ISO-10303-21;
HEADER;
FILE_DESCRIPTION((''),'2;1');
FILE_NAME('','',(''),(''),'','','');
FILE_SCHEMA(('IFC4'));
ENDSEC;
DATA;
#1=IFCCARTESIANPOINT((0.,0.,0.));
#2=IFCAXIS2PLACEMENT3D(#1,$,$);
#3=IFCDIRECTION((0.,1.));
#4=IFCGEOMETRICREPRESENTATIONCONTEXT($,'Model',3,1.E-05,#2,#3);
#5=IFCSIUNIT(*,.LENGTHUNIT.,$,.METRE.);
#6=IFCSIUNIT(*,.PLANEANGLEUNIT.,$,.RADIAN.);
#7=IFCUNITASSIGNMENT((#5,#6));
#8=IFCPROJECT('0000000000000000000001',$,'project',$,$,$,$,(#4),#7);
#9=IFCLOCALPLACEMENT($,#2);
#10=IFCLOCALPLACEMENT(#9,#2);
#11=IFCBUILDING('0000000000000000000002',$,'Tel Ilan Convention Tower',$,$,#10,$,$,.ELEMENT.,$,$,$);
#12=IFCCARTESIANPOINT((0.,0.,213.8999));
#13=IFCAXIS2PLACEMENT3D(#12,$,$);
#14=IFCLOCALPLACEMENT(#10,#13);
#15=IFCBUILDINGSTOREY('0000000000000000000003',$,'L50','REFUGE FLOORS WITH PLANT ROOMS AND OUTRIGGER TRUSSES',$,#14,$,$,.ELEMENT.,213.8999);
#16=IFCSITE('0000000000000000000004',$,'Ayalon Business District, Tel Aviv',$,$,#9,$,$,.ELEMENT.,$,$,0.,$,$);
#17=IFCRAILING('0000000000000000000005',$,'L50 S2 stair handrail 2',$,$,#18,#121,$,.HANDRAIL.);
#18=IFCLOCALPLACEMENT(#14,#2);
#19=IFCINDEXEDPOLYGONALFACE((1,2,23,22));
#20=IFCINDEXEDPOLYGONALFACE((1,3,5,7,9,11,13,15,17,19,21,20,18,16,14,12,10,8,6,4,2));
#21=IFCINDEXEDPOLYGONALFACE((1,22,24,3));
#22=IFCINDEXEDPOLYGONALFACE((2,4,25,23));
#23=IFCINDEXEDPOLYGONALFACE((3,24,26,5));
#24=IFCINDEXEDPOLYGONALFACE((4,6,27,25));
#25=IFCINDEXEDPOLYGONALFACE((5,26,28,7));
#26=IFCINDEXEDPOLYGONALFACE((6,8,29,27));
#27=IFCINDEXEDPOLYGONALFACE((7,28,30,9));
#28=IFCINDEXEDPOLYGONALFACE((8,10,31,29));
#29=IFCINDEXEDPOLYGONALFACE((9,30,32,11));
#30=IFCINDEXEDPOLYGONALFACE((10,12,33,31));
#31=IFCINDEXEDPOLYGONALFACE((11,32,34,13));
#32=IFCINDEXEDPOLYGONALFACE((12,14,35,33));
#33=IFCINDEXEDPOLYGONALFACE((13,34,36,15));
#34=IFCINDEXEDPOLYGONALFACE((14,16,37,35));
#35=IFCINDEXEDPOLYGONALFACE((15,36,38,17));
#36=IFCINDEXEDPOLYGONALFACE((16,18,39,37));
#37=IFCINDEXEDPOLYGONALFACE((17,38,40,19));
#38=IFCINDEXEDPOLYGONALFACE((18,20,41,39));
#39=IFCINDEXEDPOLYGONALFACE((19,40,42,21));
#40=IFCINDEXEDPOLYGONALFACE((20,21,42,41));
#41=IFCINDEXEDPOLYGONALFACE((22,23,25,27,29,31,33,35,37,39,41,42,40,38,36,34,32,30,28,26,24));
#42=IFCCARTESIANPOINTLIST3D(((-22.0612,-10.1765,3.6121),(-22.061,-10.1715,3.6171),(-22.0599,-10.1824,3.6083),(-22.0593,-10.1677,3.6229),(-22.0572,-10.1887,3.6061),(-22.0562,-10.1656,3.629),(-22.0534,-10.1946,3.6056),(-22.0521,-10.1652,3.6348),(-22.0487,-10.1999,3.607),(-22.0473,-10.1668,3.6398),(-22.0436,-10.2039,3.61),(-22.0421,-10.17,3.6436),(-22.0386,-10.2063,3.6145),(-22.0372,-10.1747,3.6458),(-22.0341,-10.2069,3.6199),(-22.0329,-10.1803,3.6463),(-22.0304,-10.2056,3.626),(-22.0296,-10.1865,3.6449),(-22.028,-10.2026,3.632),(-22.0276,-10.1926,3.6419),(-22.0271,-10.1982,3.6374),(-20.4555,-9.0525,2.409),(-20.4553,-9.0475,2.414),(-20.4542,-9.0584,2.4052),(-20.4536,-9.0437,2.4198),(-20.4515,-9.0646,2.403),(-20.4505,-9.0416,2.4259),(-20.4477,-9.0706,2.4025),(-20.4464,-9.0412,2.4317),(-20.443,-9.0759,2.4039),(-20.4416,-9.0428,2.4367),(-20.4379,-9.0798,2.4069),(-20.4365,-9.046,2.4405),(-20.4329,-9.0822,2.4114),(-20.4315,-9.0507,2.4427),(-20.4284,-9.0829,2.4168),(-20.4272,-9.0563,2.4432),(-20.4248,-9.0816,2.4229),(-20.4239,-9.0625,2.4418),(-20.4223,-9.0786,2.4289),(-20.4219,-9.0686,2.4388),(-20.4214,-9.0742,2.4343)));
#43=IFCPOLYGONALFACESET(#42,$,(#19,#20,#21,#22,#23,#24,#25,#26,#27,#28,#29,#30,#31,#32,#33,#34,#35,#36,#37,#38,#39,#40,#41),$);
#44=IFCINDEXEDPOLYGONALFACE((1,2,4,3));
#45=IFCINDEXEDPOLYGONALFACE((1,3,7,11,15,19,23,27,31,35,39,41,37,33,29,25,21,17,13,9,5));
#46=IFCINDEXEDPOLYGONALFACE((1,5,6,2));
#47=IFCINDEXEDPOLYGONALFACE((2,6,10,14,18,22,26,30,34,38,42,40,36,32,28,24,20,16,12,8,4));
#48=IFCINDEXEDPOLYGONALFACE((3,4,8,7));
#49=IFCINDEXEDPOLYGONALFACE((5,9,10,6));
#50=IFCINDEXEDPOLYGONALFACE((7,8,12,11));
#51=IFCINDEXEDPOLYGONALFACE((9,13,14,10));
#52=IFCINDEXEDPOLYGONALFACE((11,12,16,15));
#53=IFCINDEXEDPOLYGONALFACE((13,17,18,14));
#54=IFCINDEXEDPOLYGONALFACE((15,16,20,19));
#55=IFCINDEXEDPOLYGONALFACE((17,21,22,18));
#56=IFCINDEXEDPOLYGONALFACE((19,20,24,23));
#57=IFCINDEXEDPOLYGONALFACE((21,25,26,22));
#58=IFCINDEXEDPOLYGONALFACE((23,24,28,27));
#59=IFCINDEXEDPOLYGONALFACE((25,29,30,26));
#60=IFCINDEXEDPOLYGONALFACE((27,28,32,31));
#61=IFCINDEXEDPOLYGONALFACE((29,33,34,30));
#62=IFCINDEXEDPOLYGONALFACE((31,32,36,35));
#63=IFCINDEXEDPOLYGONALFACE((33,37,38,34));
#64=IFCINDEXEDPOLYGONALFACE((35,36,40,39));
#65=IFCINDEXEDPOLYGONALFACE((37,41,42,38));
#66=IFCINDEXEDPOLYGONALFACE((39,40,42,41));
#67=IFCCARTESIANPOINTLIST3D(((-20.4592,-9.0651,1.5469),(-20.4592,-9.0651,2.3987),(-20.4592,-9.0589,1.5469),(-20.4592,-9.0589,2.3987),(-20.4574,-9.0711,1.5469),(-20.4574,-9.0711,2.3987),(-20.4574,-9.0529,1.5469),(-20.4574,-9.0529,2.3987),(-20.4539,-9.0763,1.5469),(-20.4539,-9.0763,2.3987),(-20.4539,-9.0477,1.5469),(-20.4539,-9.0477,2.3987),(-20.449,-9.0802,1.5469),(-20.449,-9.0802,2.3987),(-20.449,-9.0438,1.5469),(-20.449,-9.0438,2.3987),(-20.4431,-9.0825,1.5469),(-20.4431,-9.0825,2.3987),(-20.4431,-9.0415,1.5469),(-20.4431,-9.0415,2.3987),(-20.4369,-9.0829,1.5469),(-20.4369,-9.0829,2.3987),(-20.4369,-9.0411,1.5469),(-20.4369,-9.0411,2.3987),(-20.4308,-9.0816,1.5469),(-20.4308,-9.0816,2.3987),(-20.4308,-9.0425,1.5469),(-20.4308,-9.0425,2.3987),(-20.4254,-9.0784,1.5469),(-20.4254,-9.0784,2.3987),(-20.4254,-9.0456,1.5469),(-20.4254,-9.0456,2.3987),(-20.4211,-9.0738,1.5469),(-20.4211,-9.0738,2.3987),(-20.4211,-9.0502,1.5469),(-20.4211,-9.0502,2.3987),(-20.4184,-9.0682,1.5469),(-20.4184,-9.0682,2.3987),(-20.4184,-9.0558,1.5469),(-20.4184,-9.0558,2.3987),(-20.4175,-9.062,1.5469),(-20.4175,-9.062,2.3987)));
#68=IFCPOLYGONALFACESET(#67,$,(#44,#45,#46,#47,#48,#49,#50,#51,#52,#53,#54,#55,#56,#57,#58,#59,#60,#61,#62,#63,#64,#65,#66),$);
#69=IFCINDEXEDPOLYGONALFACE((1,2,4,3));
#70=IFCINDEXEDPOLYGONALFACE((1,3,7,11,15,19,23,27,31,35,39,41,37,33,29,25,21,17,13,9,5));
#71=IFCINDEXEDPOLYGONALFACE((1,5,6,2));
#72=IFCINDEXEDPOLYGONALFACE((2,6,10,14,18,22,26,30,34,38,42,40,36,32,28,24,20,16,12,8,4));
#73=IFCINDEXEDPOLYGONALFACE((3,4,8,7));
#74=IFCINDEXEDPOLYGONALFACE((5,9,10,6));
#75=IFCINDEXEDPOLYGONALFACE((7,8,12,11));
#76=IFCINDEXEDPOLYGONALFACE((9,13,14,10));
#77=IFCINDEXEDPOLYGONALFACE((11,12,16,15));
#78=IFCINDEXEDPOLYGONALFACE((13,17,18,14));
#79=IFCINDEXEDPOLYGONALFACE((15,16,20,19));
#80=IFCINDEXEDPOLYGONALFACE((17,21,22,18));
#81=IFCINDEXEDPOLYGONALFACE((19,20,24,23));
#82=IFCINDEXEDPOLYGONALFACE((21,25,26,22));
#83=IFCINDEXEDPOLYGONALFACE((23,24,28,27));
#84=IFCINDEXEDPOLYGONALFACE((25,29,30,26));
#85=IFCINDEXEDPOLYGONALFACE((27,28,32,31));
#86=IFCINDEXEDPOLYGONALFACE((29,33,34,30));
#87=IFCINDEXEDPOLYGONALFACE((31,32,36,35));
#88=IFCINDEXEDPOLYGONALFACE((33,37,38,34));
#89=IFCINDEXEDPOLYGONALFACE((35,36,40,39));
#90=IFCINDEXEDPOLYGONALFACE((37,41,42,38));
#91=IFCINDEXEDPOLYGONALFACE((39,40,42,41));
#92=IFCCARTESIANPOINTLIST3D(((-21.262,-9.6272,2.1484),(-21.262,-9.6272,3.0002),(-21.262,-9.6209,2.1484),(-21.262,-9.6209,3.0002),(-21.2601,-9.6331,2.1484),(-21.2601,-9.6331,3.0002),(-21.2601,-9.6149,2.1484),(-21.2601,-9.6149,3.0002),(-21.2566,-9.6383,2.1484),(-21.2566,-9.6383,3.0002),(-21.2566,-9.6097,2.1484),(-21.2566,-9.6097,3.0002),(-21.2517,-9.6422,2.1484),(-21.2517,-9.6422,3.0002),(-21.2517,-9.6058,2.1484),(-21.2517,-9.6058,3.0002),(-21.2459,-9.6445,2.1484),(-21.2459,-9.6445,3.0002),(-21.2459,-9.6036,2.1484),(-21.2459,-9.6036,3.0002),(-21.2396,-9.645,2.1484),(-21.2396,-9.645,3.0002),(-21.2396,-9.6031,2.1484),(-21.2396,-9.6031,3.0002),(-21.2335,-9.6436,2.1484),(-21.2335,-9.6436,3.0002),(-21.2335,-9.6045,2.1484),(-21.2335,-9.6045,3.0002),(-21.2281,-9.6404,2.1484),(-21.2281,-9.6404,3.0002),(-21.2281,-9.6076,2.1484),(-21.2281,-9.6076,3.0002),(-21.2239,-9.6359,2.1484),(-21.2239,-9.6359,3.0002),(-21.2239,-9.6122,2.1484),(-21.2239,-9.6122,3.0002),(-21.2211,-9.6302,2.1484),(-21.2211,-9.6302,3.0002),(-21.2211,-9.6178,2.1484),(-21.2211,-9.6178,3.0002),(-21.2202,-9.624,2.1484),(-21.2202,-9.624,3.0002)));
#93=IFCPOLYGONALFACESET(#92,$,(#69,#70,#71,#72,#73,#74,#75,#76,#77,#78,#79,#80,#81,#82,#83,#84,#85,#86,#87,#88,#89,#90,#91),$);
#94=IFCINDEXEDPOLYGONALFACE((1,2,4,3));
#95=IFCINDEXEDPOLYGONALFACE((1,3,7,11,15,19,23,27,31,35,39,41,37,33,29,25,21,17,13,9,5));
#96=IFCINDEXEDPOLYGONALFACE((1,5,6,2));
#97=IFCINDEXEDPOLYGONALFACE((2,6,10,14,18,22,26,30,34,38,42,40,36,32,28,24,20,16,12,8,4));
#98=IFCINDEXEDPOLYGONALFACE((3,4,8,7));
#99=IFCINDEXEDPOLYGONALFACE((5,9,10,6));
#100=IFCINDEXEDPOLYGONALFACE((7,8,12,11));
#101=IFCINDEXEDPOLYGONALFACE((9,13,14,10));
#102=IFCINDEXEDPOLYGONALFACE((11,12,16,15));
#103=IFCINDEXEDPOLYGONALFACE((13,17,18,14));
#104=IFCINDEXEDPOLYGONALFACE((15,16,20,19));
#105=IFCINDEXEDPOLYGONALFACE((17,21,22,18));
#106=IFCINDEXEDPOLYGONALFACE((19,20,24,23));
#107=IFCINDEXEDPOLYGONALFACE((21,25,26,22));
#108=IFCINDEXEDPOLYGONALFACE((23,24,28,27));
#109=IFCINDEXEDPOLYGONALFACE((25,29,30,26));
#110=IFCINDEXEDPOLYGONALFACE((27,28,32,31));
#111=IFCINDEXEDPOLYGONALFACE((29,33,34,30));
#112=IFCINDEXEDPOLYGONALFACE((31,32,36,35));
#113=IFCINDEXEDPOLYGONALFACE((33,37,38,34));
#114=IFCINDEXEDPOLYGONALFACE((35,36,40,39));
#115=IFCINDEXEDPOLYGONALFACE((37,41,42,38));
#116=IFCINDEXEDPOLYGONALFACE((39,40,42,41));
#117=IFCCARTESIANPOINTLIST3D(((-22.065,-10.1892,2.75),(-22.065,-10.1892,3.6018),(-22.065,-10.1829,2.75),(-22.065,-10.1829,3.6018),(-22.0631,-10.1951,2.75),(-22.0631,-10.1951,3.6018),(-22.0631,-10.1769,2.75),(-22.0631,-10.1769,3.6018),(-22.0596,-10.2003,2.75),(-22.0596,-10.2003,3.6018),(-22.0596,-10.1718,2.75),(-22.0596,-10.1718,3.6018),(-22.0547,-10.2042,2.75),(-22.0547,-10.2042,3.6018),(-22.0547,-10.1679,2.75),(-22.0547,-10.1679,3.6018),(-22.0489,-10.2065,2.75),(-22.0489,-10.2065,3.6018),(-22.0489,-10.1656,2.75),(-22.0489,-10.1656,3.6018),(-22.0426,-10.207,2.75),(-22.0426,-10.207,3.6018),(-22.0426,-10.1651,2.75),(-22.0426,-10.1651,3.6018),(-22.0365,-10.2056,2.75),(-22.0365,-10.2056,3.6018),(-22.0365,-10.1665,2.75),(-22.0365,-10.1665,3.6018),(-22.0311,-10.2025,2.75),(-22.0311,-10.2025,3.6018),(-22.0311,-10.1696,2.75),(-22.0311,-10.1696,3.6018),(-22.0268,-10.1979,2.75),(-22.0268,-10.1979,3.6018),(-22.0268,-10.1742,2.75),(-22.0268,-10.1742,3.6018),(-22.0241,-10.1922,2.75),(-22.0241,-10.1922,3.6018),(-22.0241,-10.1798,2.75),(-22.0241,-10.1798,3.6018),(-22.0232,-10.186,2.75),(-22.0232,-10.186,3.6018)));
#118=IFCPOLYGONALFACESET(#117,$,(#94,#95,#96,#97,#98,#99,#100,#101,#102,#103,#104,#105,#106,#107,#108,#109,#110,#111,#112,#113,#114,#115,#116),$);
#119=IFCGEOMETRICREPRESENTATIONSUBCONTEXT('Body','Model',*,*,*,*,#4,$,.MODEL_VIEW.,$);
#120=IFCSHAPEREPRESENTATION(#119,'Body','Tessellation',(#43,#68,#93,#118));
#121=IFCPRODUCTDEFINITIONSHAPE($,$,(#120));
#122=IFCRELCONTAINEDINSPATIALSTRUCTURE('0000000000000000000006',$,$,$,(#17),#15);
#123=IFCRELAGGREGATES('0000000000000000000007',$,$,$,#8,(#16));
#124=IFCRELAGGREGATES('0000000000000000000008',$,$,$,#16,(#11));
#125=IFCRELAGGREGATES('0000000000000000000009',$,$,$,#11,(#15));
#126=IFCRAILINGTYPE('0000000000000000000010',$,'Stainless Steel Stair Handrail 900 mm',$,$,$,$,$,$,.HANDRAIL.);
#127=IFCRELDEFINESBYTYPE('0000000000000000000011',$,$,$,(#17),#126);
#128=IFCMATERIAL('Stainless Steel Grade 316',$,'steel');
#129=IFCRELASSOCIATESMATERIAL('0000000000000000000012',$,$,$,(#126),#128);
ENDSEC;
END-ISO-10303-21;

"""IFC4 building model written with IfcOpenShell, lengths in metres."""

from ifc_helpers import new_model, si_unit, direction, frame, origin, origin_2d, place, context, subcontext, project, spatial, circle, extrude, material, type_object, element, save


model = new_model("IFC4")

# Units and contexts
model_context = context("Model", 3, precision=1e-05, world=origin(), true_north=direction((0.0, 1.0)))
body_context = subcontext(model_context, "Body", "Model", "MODEL_VIEW")
ifc_project = project(units=[si_unit("LENGTHUNIT", "METRE"), si_unit("PLANEANGLEUNIT", "RADIAN")], contexts=[model_context])

# Site, building, storey
site_placement = place(None, origin())
site = spatial("IfcSite", under=ifc_project, at=site_placement, Name="Ayalon Business District, Tel Aviv", CompositionType="ELEMENT", RefElevation=0.0)
building_placement = place(site_placement, origin())
building = spatial("IfcBuilding", under=site, at=building_placement, Name="Tel Ilan Convention Tower", CompositionType="ELEMENT")
storey_placement = place(building_placement, frame((0.0, 0.0, 213.8999)))
storey = spatial("IfcBuildingStorey", under=building, at=storey_placement, Name="L50", Description="REFUGE FLOORS WITH PLANT ROOMS AND OUTRIGGER TRUSSES", CompositionType="ELEMENT", Elevation=213.8999)

# Railing
ifc_material_1 = material(Name="Stainless Steel Grade 316", Category="steel")
railing_type_1 = type_object("IfcRailingType", Name="Stainless Steel Stair Handrail 900 mm", PredefinedType="HANDRAIL", material=ifc_material_1)
railing_1_placement = place(storey_placement, frame((-20.4385, -9.062, 1.5469)))
element("IfcRailing", 1, at=railing_1_placement, inside=storey, type_object=railing_type_1, Name="L50 S2 stair handrail 2", PredefinedType="HANDRAIL", context=body_context, shape_type="SweptSolid", body=[
    extrude(circle(Radius=0.0239, at=origin_2d()), frame((0.0, 0.0, 0.876), z_axis=(-0.698185, -0.48874, 0.523135), x_axis=(0.573471, -0.819226, 0.0)), (0.0, 0.0, 1.0), 2.2998),
    extrude(circle(Radius=0.021, at=origin_2d()), origin(), (0.0, 0.0, 1.0), 0.8518),
    extrude(circle(Radius=0.021, at=origin_2d()), frame((-0.8027, -0.562, 0.6016)), (0.0, 0.0, 1.0), 0.8518),
    extrude(circle(Radius=0.021, at=origin_2d()), frame((-1.6057, -1.124, 1.2031)), (0.0, 0.0, 1.0), 0.8518),
])

save(model, "model.ifc")
